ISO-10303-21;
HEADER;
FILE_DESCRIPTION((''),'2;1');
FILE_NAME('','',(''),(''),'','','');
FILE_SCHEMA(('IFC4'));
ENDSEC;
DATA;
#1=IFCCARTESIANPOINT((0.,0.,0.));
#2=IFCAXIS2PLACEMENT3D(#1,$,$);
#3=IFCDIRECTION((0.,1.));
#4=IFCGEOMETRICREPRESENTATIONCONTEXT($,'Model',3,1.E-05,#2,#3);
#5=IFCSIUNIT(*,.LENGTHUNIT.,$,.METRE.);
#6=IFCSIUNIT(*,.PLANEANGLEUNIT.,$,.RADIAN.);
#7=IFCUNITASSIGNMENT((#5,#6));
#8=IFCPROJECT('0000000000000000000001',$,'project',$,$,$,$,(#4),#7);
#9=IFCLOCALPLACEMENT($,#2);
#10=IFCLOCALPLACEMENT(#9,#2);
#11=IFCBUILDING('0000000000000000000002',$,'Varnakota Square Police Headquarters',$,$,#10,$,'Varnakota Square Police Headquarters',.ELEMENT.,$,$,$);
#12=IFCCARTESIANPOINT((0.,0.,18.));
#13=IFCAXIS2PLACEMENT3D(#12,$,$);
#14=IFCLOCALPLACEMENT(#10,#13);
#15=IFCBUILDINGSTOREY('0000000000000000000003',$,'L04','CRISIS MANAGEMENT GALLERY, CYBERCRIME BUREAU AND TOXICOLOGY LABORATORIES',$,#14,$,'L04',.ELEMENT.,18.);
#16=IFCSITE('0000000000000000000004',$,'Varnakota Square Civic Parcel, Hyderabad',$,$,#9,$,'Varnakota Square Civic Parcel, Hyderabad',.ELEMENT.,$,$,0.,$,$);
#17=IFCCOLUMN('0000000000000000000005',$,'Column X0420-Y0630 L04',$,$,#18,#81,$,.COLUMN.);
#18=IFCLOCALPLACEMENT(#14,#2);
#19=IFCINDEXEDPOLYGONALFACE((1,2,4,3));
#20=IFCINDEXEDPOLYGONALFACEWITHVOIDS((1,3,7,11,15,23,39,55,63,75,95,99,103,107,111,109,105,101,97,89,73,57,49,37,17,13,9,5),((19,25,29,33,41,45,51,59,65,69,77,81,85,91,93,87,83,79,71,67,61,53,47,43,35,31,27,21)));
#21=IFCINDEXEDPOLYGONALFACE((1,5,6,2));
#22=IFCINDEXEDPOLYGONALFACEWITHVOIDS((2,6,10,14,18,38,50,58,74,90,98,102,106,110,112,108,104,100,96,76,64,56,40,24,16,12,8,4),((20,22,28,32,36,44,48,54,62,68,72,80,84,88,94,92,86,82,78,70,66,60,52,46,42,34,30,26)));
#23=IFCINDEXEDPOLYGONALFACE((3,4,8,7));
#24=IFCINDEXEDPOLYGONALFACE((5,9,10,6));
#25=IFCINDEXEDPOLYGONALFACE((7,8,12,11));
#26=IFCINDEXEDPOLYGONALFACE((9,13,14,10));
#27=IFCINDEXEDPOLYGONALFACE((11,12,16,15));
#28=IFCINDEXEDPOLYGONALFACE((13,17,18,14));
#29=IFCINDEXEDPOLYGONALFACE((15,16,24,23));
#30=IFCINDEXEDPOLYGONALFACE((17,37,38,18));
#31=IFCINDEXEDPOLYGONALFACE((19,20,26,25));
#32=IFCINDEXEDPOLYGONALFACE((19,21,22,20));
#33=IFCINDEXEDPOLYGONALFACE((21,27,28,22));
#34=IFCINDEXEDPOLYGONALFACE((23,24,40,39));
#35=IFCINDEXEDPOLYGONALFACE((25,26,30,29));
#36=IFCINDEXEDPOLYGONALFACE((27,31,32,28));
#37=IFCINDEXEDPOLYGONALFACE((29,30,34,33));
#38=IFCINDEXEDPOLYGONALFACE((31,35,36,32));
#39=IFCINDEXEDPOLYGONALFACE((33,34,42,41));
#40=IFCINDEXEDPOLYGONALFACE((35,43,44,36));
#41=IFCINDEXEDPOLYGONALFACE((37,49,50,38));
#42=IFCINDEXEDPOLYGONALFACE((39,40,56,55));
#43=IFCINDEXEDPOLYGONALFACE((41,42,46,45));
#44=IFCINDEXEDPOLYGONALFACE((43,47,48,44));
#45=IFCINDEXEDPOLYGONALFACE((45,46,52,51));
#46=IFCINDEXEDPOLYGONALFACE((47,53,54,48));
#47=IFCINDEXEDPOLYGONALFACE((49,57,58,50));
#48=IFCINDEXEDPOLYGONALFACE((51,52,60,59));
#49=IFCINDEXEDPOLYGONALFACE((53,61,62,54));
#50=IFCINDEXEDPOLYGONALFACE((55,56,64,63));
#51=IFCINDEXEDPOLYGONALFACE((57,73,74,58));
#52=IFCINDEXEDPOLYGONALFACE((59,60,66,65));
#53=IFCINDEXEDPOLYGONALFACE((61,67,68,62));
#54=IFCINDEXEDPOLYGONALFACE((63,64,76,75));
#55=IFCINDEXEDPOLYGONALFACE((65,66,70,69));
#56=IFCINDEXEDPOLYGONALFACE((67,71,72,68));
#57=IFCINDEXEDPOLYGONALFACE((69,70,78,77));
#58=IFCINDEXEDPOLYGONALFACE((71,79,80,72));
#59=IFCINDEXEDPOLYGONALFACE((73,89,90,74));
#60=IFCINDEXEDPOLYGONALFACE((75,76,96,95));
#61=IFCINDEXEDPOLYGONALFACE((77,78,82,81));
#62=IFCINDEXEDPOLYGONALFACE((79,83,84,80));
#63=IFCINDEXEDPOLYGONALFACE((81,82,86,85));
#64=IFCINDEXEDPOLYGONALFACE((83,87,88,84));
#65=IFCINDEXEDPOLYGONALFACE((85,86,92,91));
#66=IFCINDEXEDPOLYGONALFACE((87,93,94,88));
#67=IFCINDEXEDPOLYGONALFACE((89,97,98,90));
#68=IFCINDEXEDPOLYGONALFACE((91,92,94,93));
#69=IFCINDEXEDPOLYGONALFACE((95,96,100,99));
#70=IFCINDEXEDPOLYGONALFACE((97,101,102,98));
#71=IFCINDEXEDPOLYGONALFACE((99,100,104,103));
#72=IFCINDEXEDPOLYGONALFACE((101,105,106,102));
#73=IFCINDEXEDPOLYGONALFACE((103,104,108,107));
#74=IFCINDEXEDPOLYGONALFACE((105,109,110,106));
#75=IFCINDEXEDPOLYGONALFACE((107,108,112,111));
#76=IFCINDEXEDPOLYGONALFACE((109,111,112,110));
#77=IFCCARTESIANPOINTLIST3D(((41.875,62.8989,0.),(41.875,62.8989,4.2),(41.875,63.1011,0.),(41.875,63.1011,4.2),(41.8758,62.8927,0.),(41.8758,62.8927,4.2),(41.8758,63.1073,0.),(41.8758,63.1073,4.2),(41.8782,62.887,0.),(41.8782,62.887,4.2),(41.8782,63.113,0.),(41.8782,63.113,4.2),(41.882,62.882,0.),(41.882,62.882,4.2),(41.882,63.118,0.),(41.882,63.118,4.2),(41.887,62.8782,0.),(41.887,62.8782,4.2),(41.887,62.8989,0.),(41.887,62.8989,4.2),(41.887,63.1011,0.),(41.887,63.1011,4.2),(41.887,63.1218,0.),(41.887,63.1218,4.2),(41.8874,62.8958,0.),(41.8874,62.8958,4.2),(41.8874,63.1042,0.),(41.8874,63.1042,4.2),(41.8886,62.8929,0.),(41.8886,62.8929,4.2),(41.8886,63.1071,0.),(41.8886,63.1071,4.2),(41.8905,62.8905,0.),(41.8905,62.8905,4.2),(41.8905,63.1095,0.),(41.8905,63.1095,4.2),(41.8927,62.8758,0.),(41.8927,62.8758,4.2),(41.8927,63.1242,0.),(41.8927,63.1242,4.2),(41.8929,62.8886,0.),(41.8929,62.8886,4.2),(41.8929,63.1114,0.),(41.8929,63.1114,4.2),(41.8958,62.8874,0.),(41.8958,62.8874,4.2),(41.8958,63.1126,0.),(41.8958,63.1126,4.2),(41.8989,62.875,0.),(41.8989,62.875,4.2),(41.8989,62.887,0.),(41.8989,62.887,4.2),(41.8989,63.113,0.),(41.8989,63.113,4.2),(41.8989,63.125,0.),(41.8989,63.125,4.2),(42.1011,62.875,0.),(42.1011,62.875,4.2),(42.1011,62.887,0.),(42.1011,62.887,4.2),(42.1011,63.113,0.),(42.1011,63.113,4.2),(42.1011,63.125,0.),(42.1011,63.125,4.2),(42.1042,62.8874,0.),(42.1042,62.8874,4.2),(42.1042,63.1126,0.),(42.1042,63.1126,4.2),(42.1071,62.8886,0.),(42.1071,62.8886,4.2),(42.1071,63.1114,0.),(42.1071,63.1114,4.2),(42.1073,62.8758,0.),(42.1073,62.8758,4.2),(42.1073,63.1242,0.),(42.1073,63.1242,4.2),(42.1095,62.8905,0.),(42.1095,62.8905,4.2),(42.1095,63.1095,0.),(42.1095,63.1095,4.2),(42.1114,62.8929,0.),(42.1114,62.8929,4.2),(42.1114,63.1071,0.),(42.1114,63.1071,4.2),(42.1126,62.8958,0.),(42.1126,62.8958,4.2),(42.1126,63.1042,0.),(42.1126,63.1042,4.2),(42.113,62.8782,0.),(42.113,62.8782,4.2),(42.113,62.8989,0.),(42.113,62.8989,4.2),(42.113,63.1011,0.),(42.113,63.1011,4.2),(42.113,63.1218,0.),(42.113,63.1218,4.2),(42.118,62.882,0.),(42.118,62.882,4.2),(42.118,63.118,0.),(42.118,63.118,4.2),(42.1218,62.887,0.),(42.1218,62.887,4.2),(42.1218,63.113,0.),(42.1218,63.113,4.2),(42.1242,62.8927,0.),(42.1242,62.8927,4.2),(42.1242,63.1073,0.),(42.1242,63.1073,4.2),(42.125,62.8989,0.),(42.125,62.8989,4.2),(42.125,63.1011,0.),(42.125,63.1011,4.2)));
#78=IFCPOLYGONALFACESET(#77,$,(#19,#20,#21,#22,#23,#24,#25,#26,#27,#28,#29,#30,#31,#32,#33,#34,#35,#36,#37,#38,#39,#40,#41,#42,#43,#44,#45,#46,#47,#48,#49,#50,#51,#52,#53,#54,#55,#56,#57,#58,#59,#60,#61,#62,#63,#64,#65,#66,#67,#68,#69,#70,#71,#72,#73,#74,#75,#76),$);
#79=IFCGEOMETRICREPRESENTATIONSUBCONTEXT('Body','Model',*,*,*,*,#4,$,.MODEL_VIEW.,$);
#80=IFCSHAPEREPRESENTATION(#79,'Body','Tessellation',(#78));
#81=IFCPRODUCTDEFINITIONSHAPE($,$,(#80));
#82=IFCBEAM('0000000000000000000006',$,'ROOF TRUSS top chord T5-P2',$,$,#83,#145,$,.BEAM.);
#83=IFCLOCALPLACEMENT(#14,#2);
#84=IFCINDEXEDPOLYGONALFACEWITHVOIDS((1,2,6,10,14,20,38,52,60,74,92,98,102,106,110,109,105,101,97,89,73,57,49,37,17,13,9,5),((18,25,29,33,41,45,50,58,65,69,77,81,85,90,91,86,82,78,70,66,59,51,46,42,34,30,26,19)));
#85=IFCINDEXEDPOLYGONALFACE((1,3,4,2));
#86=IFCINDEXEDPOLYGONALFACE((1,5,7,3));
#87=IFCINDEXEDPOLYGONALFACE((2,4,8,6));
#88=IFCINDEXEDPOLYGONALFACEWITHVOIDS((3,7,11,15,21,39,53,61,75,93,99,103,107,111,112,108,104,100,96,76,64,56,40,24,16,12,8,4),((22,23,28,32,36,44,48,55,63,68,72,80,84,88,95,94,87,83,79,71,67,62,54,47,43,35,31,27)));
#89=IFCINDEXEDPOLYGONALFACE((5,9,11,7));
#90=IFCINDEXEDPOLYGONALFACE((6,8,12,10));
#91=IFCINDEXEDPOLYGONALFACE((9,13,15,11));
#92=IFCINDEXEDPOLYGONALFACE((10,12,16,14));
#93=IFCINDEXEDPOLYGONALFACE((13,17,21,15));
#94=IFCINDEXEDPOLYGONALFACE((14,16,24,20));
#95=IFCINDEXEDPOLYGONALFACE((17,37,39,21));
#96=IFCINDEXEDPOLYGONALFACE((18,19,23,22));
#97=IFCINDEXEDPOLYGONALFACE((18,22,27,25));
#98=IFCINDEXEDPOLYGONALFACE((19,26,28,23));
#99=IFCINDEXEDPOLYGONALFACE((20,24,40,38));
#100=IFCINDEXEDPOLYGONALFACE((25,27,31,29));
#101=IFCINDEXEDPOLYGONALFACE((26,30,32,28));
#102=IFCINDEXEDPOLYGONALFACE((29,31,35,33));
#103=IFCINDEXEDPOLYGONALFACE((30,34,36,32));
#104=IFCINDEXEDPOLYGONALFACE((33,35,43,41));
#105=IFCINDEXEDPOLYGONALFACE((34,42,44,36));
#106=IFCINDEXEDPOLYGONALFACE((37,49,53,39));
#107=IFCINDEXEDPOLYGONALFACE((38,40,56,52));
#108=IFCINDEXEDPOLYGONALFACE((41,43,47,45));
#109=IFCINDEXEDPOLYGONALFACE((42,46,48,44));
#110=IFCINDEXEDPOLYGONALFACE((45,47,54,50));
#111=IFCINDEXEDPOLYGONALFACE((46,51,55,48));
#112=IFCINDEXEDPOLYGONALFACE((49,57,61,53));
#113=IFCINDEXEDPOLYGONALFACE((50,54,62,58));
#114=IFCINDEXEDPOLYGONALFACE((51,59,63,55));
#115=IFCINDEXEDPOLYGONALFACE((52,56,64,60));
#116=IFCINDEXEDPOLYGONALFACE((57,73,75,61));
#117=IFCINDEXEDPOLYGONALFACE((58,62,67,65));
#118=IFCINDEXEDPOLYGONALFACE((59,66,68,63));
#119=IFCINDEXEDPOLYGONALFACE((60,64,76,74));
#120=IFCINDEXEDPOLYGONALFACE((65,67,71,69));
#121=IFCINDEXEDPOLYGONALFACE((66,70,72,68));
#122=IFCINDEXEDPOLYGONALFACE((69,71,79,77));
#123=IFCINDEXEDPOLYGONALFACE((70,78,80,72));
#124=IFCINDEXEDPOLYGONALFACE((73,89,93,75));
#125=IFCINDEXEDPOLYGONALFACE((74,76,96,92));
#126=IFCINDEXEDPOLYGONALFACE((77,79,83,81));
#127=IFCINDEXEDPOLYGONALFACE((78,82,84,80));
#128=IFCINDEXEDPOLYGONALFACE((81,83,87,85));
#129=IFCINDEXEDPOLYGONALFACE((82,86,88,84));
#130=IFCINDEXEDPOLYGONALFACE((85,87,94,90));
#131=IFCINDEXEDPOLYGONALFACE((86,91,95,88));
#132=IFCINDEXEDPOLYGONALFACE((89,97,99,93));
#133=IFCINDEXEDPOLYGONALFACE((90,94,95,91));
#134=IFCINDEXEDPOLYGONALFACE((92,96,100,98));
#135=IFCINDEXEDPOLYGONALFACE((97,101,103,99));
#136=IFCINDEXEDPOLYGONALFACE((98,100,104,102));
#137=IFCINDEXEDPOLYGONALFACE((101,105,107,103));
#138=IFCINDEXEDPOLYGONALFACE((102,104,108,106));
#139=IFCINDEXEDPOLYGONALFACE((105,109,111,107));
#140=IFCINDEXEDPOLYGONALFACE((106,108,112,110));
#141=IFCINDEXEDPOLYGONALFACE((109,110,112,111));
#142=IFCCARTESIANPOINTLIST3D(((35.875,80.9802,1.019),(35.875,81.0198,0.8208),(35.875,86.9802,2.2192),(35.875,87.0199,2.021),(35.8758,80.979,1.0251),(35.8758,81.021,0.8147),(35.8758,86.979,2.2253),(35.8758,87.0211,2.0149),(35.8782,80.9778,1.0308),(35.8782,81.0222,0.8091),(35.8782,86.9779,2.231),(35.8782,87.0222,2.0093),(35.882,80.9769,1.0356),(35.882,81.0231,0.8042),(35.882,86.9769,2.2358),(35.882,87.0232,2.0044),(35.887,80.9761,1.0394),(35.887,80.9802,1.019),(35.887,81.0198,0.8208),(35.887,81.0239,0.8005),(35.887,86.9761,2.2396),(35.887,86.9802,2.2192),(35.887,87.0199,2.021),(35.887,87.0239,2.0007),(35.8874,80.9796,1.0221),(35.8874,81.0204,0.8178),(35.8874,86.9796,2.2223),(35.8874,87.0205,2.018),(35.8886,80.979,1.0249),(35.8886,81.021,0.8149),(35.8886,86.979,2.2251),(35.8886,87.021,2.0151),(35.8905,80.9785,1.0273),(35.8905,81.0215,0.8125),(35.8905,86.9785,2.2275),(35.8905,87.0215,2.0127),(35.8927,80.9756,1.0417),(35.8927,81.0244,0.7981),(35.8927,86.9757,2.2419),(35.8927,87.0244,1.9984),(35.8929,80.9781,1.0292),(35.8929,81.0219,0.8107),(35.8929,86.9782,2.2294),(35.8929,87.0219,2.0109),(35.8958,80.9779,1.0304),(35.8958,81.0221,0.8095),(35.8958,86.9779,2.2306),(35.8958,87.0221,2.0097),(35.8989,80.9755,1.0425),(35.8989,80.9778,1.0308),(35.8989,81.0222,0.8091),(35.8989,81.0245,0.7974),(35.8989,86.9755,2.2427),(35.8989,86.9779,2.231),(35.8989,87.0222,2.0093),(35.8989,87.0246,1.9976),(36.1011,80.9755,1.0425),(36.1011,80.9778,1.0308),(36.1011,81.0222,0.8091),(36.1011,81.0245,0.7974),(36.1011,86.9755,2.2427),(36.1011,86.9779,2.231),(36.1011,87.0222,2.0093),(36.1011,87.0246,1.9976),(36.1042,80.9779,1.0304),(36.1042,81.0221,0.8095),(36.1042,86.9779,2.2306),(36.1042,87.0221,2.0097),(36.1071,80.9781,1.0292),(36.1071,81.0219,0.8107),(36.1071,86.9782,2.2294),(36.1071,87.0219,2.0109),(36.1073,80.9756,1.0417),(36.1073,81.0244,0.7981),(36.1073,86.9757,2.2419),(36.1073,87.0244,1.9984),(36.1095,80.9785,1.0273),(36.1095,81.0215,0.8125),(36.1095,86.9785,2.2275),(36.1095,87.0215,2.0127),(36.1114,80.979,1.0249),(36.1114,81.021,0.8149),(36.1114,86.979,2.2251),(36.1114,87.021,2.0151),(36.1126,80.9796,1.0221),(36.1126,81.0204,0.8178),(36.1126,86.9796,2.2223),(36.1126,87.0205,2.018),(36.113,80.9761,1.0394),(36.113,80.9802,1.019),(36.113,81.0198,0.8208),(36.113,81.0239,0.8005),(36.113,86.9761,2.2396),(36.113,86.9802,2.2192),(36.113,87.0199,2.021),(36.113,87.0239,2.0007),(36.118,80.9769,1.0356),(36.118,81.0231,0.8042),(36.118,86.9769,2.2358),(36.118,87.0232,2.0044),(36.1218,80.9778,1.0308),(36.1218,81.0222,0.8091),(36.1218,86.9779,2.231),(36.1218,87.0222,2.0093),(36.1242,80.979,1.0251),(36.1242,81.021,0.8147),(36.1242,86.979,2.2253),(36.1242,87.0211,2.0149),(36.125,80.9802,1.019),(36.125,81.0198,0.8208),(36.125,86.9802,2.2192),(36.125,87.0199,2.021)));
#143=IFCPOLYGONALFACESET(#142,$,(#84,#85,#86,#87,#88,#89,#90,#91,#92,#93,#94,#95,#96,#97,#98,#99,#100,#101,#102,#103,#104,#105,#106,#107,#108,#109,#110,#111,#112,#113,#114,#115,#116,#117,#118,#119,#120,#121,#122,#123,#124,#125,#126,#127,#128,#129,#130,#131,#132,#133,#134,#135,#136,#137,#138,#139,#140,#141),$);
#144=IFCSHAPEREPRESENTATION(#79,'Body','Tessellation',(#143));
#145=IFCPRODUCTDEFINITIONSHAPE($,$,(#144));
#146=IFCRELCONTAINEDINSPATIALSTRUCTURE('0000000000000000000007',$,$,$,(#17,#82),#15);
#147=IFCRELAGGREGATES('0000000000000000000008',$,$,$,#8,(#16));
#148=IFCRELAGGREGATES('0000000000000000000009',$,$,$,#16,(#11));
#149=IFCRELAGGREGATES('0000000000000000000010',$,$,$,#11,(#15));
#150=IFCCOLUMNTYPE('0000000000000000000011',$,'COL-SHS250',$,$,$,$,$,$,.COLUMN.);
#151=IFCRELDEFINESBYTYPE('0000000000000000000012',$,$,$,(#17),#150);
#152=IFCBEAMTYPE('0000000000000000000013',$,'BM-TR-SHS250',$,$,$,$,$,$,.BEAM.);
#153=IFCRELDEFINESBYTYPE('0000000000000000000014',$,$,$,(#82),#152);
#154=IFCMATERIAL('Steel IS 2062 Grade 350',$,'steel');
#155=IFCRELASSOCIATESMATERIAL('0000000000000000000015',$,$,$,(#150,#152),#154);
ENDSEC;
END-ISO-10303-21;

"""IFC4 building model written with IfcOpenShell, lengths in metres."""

from ifc_helpers import new_model, si_unit, direction, frame, origin, origin_2d, place, context, subcontext, project, spatial, hollow_rectangle, extrude, material, material_profile, profile_set, type_object, element, save


model = new_model("IFC4")

# Units and contexts
model_context = context("Model", 3, precision=1e-05, world=origin(), true_north=direction((0.0, 1.0)))
body_context = subcontext(model_context, "Body", "Model", "MODEL_VIEW")
ifc_project = project(units=[si_unit("LENGTHUNIT", "METRE"), si_unit("PLANEANGLEUNIT", "RADIAN")], contexts=[model_context])

# Site, building, storey
site_placement = place(None, origin())
site = spatial("IfcSite", under=ifc_project, at=site_placement, Name="Varnakota Square Civic Parcel, Hyderabad", LongName="Varnakota Square Civic Parcel, Hyderabad", CompositionType="ELEMENT", RefElevation=0.0)
building_placement = place(site_placement, origin())
building = spatial("IfcBuilding", under=site, at=building_placement, Name="Varnakota Square Police Headquarters", LongName="Varnakota Square Police Headquarters", CompositionType="ELEMENT")
storey_placement = place(building_placement, frame((0.0, 0.0, 18.0)))
storey = spatial("IfcBuildingStorey", under=building, at=storey_placement, Name="L04", Description="CRISIS MANAGEMENT GALLERY, CYBERCRIME BUREAU AND TOXICOLOGY LABORATORIES", LongName="L04", CompositionType="ELEMENT", Elevation=18.0)

# Column
ifc_material_1 = material(Name="Steel IS 2062 Grade 350", Category="steel")
ifc_material_profile_1 = material_profile(ifc_material_1, hollow_rectangle(XDim=0.25, YDim=0.25, WallThickness=0.012, InnerFilletRadius=0.012, OuterFilletRadius=0.0239, at=origin_2d()), Name="SHS 250x250x12")
ifc_profile_set_1 = profile_set([ifc_material_profile_1], Name="Steel IS 2062 Grade 350")
column_type = type_object("IfcColumnType", Name="COL-SHS250", PredefinedType="COLUMN", material=ifc_profile_set_1)
column_placement = place(storey_placement, frame((42.0, 63.0, 0.0), z_axis=(0.0, 0.0, 1.0), x_axis=(1.0, 0.0, 0.0)))
element("IfcColumn", 1, at=column_placement, inside=storey, type_object=column_type, Name="Column X0420-Y0630 L04", PredefinedType="COLUMN", context=body_context, shape_type="SweptSolid", body=[
    extrude(hollow_rectangle(XDim=0.25, YDim=0.25, WallThickness=0.012, InnerFilletRadius=0.012, OuterFilletRadius=0.0239, at=origin_2d()), origin(), (0.0, 0.0, 1.0), 4.2),
])

# Beam
ifc_material_profile_2 = material_profile(ifc_material_1, hollow_rectangle(XDim=0.25, YDim=0.25, WallThickness=0.012, InnerFilletRadius=0.012, OuterFilletRadius=0.0239, at=origin_2d()), Name="SHS 250x250x12")
ifc_profile_set_2 = profile_set([ifc_material_profile_2], Name="Steel IS 2062 Grade 350")
beam_type_1 = type_object("IfcBeamType", Name="BM-TR-SHS250", PredefinedType="BEAM", material=ifc_profile_set_2)
for number, where, z_axis, x_axis, name in (
    (2, (36.0, 81.0, 0.9199), (0.0, 0.980575, 0.196147), (-1.0, 0.0, 0.0), "ROOF TRUSS top chord T5-P2"),
):
    element("IfcBeam", number, at=place(storey_placement, frame(where, z_axis=z_axis, x_axis=x_axis)), inside=storey, type_object=beam_type_1, Name=name, PredefinedType="BEAM", context=body_context, shape_type="SweptSolid", body=[
        extrude(hollow_rectangle(XDim=0.25, YDim=0.25, WallThickness=0.012, InnerFilletRadius=0.012, OuterFilletRadius=0.0239, at=origin_2d()), origin(), (0.0, 0.0, 1.0), 6.1189),
    ])

save(model, "model.ifc")
